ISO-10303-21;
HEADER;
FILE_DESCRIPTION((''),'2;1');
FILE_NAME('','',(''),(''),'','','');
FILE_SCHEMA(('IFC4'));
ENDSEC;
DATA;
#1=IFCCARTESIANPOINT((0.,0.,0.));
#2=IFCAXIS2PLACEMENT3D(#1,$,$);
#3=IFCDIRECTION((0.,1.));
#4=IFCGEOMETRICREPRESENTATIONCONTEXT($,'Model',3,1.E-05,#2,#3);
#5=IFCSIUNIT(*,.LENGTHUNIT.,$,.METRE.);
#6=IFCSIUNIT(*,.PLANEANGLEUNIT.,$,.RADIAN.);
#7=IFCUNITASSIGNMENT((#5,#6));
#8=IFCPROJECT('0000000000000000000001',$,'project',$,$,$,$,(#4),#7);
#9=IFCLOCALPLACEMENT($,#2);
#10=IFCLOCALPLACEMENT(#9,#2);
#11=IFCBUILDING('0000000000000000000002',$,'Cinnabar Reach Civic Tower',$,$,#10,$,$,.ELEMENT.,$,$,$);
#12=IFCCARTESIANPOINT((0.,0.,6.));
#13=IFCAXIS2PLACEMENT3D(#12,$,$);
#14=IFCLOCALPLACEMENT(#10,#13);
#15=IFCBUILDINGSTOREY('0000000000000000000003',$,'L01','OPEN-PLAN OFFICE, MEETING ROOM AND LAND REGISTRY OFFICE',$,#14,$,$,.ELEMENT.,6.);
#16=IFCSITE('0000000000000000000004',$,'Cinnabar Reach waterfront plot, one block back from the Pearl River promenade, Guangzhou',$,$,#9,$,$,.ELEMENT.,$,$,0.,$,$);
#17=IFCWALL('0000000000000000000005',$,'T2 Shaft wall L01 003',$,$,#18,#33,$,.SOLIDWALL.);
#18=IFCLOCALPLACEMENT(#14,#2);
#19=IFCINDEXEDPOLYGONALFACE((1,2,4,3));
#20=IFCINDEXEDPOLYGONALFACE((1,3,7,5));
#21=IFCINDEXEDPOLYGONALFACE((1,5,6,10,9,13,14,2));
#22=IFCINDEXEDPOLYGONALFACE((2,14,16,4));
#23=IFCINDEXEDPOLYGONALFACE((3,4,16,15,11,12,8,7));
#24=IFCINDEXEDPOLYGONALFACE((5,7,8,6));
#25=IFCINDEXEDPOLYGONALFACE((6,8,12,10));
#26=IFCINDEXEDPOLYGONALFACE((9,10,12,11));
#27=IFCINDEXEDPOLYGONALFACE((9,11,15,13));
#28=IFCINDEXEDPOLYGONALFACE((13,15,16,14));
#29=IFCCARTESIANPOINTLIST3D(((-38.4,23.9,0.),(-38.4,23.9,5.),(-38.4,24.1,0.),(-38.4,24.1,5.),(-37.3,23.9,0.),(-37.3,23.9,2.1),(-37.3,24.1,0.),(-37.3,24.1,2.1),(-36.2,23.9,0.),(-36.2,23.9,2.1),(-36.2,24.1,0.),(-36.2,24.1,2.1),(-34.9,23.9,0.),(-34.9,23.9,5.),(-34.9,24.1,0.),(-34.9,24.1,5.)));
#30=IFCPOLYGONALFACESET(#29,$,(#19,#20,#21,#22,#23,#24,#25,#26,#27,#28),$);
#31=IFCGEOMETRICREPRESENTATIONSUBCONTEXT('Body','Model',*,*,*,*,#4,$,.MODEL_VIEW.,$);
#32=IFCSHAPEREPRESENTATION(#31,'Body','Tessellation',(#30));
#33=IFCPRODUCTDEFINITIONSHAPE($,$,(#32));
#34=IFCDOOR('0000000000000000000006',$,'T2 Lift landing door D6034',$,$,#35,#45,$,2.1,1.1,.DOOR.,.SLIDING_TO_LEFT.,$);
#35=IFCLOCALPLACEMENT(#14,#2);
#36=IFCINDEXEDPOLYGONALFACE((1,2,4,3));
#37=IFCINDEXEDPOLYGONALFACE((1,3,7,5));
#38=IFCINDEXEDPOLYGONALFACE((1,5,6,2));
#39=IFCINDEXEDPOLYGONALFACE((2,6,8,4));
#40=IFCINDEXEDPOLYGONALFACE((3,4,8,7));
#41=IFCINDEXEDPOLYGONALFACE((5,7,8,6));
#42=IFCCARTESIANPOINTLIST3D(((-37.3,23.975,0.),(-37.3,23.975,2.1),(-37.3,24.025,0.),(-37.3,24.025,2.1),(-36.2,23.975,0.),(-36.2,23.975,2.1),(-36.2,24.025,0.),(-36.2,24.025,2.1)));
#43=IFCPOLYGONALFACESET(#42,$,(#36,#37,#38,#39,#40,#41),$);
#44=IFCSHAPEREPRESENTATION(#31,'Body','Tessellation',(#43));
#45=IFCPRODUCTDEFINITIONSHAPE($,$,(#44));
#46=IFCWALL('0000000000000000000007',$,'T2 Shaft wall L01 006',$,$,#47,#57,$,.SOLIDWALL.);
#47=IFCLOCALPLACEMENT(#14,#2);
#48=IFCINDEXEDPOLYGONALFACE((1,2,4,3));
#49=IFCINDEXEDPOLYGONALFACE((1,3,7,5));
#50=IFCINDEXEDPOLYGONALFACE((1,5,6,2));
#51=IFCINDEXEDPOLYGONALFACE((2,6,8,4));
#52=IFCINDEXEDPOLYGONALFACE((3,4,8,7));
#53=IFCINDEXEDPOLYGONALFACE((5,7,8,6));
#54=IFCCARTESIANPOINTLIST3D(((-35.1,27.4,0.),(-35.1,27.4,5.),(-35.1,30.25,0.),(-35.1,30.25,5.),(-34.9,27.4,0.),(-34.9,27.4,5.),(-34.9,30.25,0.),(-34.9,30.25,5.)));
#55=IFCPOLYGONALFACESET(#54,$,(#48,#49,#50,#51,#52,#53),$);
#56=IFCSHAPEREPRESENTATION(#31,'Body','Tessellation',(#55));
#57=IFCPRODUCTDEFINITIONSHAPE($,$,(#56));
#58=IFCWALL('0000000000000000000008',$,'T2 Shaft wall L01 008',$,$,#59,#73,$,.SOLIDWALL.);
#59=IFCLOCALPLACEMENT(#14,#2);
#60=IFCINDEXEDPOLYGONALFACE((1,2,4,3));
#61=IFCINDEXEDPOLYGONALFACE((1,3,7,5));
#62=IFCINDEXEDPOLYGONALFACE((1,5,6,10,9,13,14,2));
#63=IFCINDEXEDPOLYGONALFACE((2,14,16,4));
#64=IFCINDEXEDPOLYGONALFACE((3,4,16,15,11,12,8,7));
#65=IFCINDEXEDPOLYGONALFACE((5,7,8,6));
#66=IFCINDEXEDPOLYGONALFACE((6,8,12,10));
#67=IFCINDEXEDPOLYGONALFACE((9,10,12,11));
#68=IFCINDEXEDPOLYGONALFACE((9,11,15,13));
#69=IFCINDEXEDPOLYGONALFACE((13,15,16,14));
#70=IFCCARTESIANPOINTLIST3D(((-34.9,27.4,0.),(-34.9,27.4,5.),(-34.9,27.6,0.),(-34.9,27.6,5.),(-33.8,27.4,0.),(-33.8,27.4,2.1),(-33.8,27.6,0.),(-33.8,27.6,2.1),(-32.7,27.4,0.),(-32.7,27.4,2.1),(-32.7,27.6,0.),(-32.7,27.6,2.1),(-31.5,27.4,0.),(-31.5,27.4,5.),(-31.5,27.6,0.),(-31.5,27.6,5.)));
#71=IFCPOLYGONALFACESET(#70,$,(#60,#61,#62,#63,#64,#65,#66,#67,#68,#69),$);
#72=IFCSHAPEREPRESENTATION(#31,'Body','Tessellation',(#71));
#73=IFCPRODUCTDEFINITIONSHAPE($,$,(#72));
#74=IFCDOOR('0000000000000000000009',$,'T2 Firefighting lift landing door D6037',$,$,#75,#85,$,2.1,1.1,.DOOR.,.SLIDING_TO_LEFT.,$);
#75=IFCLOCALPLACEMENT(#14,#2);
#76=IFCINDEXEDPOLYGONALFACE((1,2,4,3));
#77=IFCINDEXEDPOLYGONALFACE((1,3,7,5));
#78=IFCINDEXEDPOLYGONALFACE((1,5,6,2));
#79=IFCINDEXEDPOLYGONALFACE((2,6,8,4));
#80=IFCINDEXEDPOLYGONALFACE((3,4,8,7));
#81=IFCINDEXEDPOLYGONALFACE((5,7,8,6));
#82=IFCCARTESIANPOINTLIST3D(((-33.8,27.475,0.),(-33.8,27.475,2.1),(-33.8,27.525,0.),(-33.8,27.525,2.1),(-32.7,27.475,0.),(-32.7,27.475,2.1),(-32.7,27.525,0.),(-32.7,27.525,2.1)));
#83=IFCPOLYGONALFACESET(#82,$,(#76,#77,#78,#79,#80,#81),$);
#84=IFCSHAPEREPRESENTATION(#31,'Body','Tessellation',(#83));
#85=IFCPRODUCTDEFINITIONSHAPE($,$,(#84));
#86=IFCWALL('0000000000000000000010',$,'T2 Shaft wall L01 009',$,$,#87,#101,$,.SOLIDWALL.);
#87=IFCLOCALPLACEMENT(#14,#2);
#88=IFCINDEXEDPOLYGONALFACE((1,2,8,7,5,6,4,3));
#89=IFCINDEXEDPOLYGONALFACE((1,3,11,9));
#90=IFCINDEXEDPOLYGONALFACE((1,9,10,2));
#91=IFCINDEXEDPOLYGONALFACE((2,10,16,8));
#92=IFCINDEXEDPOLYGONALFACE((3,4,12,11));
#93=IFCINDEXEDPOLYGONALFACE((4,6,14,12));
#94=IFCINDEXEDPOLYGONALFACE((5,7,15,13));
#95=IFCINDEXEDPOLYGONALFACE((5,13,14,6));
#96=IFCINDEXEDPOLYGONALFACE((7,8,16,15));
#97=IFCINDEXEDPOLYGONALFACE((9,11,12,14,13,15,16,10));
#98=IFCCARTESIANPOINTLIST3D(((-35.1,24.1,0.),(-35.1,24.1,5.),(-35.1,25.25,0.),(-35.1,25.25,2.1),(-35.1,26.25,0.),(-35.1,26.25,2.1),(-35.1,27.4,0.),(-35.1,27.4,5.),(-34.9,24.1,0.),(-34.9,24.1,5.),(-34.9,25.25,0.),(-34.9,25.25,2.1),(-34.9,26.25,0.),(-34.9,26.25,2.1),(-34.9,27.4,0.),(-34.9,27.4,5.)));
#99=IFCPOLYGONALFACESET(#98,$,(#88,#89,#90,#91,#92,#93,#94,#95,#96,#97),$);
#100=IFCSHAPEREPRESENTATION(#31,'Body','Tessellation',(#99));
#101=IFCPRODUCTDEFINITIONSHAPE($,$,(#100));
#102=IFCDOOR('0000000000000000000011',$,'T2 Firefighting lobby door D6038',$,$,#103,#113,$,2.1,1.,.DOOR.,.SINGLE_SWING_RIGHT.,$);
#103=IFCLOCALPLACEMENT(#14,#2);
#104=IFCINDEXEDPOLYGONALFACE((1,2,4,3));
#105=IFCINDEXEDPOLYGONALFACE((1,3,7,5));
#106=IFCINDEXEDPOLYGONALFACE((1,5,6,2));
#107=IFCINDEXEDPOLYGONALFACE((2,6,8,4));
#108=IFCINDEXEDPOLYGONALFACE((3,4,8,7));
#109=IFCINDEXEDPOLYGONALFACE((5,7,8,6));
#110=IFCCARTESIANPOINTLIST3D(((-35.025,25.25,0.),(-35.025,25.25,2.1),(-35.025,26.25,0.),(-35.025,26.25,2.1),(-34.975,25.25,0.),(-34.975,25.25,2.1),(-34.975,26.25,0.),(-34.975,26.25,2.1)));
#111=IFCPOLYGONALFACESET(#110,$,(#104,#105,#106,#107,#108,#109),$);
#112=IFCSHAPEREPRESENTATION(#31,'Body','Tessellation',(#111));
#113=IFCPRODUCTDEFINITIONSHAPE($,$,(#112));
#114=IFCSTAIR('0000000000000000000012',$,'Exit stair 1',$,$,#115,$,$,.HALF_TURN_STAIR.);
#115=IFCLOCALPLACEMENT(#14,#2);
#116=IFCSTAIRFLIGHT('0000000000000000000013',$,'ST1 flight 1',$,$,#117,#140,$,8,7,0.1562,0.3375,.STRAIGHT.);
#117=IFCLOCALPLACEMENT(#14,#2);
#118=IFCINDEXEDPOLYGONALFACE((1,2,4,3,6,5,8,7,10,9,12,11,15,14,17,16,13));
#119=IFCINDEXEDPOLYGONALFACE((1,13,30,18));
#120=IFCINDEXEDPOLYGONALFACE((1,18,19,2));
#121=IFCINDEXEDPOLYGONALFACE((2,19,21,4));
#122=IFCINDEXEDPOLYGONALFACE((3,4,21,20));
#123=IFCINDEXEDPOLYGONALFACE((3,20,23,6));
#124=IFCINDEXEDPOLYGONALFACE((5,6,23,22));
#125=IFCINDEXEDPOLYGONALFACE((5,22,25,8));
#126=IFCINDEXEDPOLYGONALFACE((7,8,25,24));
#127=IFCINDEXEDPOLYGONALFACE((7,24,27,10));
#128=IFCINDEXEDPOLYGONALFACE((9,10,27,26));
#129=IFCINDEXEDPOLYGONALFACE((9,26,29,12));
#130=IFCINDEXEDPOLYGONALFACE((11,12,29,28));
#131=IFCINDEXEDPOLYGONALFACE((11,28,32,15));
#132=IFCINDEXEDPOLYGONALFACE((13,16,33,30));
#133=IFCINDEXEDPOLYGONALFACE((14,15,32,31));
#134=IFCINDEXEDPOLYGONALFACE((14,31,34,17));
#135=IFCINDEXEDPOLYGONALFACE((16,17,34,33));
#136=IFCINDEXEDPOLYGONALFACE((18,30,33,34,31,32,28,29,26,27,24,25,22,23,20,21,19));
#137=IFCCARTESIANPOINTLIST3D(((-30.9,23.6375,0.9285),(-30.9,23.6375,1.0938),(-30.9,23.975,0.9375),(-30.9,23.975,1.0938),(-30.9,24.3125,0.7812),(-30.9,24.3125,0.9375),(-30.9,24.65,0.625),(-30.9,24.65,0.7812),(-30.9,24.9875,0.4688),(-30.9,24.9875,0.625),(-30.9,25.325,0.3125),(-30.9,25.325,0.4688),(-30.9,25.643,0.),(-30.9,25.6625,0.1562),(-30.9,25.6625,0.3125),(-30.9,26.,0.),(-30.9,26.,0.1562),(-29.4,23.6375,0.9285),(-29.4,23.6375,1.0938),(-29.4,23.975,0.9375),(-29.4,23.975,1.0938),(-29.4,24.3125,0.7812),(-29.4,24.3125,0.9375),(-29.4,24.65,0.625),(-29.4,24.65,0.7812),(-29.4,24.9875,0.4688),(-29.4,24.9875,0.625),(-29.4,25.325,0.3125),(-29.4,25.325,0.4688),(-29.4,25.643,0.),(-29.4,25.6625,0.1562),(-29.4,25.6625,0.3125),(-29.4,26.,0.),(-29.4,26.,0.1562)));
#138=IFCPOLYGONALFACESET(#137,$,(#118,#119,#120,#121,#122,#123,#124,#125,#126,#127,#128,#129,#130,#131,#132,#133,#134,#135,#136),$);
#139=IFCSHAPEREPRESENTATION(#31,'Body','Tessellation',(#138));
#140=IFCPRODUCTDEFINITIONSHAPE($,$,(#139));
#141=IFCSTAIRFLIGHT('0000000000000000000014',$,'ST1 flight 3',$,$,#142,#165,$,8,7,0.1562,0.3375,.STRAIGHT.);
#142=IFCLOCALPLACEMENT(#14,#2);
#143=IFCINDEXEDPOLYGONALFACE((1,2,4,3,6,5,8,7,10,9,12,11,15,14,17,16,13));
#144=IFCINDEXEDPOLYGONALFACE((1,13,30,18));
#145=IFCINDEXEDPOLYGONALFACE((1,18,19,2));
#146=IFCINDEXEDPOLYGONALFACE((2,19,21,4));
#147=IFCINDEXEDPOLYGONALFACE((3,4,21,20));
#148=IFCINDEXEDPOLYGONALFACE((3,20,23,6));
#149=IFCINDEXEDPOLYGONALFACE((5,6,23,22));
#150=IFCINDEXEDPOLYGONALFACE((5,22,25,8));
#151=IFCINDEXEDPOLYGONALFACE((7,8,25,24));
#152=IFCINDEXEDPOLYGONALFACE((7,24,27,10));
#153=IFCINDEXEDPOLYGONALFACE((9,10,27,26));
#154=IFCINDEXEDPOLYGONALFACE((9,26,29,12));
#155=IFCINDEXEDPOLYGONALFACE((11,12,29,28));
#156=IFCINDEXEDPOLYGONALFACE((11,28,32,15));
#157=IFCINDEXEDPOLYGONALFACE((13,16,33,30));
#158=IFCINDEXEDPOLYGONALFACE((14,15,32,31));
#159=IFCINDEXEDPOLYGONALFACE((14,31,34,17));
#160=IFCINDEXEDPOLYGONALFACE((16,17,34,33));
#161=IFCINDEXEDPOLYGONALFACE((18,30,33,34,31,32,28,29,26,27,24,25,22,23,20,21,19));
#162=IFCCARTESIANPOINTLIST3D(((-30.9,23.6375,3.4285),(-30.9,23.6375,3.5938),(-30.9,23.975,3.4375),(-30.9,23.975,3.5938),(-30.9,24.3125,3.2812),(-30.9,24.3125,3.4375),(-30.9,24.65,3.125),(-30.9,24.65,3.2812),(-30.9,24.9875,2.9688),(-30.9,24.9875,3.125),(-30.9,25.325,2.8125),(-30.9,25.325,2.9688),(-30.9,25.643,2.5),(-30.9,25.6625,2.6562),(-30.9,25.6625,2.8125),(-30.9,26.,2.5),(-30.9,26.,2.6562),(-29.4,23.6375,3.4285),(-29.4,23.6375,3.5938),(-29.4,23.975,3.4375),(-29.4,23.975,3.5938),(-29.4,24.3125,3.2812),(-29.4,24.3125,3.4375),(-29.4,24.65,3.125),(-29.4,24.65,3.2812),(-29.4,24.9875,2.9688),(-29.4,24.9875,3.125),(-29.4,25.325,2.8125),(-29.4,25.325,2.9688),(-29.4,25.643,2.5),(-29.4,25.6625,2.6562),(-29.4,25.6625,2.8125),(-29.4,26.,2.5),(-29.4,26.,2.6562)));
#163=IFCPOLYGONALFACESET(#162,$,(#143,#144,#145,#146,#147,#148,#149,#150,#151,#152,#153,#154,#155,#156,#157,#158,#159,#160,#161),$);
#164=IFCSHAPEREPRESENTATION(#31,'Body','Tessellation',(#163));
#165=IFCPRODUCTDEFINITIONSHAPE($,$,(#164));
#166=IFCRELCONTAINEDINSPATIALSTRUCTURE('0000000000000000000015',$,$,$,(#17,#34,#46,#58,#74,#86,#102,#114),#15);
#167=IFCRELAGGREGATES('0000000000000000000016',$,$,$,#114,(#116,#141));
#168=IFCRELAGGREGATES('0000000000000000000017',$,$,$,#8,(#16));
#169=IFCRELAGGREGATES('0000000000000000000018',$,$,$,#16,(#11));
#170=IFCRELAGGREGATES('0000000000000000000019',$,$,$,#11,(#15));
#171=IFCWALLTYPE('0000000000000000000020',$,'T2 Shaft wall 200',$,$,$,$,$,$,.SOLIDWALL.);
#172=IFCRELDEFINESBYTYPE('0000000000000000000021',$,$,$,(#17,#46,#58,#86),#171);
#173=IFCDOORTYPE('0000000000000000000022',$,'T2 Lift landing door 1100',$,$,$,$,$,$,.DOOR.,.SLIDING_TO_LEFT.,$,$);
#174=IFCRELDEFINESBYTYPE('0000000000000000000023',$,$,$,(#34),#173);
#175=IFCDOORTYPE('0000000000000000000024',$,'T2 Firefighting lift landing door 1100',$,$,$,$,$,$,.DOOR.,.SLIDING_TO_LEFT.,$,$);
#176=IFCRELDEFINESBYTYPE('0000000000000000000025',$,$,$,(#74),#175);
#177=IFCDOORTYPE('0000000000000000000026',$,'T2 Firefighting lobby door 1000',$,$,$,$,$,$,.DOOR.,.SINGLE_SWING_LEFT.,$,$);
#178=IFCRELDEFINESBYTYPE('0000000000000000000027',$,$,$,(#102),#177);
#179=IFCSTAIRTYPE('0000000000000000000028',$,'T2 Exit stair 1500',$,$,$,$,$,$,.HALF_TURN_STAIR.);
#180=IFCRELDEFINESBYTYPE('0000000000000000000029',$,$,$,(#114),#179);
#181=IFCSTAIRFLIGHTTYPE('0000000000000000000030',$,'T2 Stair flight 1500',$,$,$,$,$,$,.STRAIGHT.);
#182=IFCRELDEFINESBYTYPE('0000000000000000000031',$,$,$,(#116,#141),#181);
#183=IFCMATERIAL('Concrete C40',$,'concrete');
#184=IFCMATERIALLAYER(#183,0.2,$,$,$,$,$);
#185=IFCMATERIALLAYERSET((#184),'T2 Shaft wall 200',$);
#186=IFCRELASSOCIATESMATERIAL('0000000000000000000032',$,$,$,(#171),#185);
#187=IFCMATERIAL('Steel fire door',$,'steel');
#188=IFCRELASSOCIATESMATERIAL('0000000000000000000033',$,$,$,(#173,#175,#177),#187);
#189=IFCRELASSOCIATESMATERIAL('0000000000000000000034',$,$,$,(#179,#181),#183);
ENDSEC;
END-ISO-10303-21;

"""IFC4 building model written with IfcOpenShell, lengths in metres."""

from ifc_helpers import new_model, si_unit, direction, frame, frame_2d, origin, place, context, subcontext, project, spatial, polyline, rectangle, outline, extrude, material, layer, layer_set, type_object, element, fill, aggregate, save


model = new_model("IFC4")

# Units and contexts
model_context = context("Model", 3, precision=1e-05, world=origin(), true_north=direction((0.0, 1.0)))
body_context = subcontext(model_context, "Body", "Model", "MODEL_VIEW")
ifc_project = project(units=[si_unit("LENGTHUNIT", "METRE"), si_unit("PLANEANGLEUNIT", "RADIAN")], contexts=[model_context])

# Site, building, storey
site_placement = place(None, origin())
site = spatial("IfcSite", under=ifc_project, at=site_placement, Name="Cinnabar Reach waterfront plot, one block back from the Pearl River promenade, Guangzhou", CompositionType="ELEMENT", RefElevation=0.0)
building_placement = place(site_placement, origin())
building = spatial("IfcBuilding", under=site, at=building_placement, Name="Cinnabar Reach Civic Tower", CompositionType="ELEMENT")
storey_placement = place(building_placement, frame((0.0, 0.0, 6.0)))
storey = spatial("IfcBuildingStorey", under=building, at=storey_placement, Name="L01", Description="OPEN-PLAN OFFICE, MEETING ROOM AND LAND REGISTRY OFFICE", CompositionType="ELEMENT", Elevation=6.0)

# Shared definitions
ifc_material_1 = material(Name="Steel fire door", Category="steel")

# Shared definitions
ifc_material_2 = material(Name="Concrete C40", Category="concrete")

# Wall, opening, door
ifc_layer_1 = layer(ifc_material_2, 0.2)
ifc_layer_set_1 = layer_set([ifc_layer_1], Name="T2 Shaft wall 200")
wall_type_1 = type_object("IfcWallType", Name="T2 Shaft wall 200", PredefinedType="SOLIDWALL", material=ifc_layer_set_1)
wall_1_placement = place(storey_placement, frame((-34.9, 24.0, 0.0), z_axis=(0.0, 0.0, 1.0), x_axis=(-1.0, 0.0, 0.0)))
wall_1 = element("IfcWall", 1, at=wall_1_placement, inside=storey, type_object=wall_type_1, Name="T2 Shaft wall L01 003", PredefinedType="SOLIDWALL", context=body_context, shape_type="SweptSolid", body=[
    extrude(rectangle(XDim=3.5, YDim=0.2, at=frame_2d((1.75, 0.0))), origin(), (0.0, 0.0, 1.0), 5.0),
])
opening_1_placement = place(wall_1_placement, frame((1.3, 0.0, 0.0)))
opening_1 = element("IfcOpeningElement", 2, at=opening_1_placement, cuts=wall_1, PredefinedType="OPENING", context=body_context, shape_type="SweptSolid", body=[
    extrude(rectangle(XDim=1.1, YDim=2.1, at=frame_2d((0.55, 1.05))), frame((0.0, 0.11, 0.0), z_axis=(0.0, -1.0, 0.0), x_axis=(1.0, 0.0, 0.0)), (0.0, 0.0, 1.0), 0.22),
])
door_type_1 = type_object("IfcDoorType", Name="T2 Lift landing door 1100", OperationType="SLIDING_TO_LEFT", PredefinedType="DOOR", material=ifc_material_1)
door_1_placement = place(opening_1_placement, origin())
door_1 = element("IfcDoor", 3, at=door_1_placement, inside=storey, type_object=door_type_1, Name="T2 Lift landing door D6034", OperationType="SLIDING_TO_LEFT", OverallHeight=2.1, OverallWidth=1.1, PredefinedType="DOOR", context=body_context, shape_type="SweptSolid", body=[
    extrude(rectangle(XDim=1.1, YDim=2.1, at=frame_2d((0.55, 1.05))), frame((0.0, 0.025, 0.0), z_axis=(0.0, -1.0, 0.0), x_axis=(1.0, 0.0, 0.0)), (0.0, 0.0, 1.0), 0.05),
])
fill(opening_1, door_1)

# Wall
wall_2_placement = place(storey_placement, frame((-35.0, 27.4, 0.0), z_axis=(0.0, 0.0, 1.0), x_axis=(0.0, 1.0, 0.0)))
element("IfcWall", 4, at=wall_2_placement, inside=storey, type_object=wall_type_1, Name="T2 Shaft wall L01 006", PredefinedType="SOLIDWALL", context=body_context, shape_type="SweptSolid", body=[
    extrude(rectangle(XDim=2.85, YDim=0.2, at=frame_2d((1.425, 0.0))), origin(), (0.0, 0.0, 1.0), 5.0),
])

# Walls, openings, doors
wall_3_placement = place(storey_placement, frame((-34.9, 27.5, 0.0), z_axis=(0.0, 0.0, 1.0), x_axis=(1.0, 0.0, 0.0)))
wall_3 = element("IfcWall", 5, at=wall_3_placement, inside=storey, type_object=wall_type_1, Name="T2 Shaft wall L01 008", PredefinedType="SOLIDWALL", context=body_context, shape_type="SweptSolid", body=[
    extrude(rectangle(XDim=3.4, YDim=0.2, at=frame_2d((1.7, 0.0))), origin(), (0.0, 0.0, 1.0), 5.0),
])
opening_2_placement = place(wall_3_placement, frame((1.1, 0.0, 0.0)))
opening_2 = element("IfcOpeningElement", 6, at=opening_2_placement, cuts=wall_3, PredefinedType="OPENING", context=body_context, shape_type="SweptSolid", body=[
    extrude(rectangle(XDim=1.1, YDim=2.1, at=frame_2d((0.55, 1.05))), frame((0.0, 0.11, 0.0), z_axis=(0.0, -1.0, 0.0), x_axis=(1.0, 0.0, 0.0)), (0.0, 0.0, 1.0), 0.22),
])
door_type_2 = type_object("IfcDoorType", Name="T2 Firefighting lift landing door 1100", OperationType="SLIDING_TO_LEFT", PredefinedType="DOOR", material=ifc_material_1)
door_2_placement = place(opening_2_placement, origin())
door_2 = element("IfcDoor", 7, at=door_2_placement, inside=storey, type_object=door_type_2, Name="T2 Firefighting lift landing door D6037", OperationType="SLIDING_TO_LEFT", OverallHeight=2.1, OverallWidth=1.1, PredefinedType="DOOR", context=body_context, shape_type="SweptSolid", body=[
    extrude(rectangle(XDim=1.1, YDim=2.1, at=frame_2d((0.55, 1.05))), frame((0.0, 0.025, 0.0), z_axis=(0.0, -1.0, 0.0), x_axis=(1.0, 0.0, 0.0)), (0.0, 0.0, 1.0), 0.05),
])
fill(opening_2, door_2)
wall_4_placement = place(storey_placement, frame((-35.0, 24.1, 0.0), z_axis=(0.0, 0.0, 1.0), x_axis=(0.0, 1.0, 0.0)))
wall_4 = element("IfcWall", 8, at=wall_4_placement, inside=storey, type_object=wall_type_1, Name="T2 Shaft wall L01 009", PredefinedType="SOLIDWALL", context=body_context, shape_type="SweptSolid", body=[
    extrude(rectangle(XDim=3.3, YDim=0.2, at=frame_2d((1.65, 0.0))), origin(), (0.0, 0.0, 1.0), 5.0),
])
opening_3_placement = place(wall_4_placement, frame((1.15, 0.0, 0.0)))
opening_3 = element("IfcOpeningElement", 9, at=opening_3_placement, cuts=wall_4, PredefinedType="OPENING", context=body_context, shape_type="SweptSolid", body=[
    extrude(rectangle(XDim=1.0, YDim=2.1, at=frame_2d((0.5, 1.05))), frame((0.0, 0.11, 0.0), z_axis=(0.0, -1.0, 0.0), x_axis=(1.0, 0.0, 0.0)), (0.0, 0.0, 1.0), 0.22),
])
door_type_3 = type_object("IfcDoorType", Name="T2 Firefighting lobby door 1000", OperationType="SINGLE_SWING_LEFT", PredefinedType="DOOR", material=ifc_material_1)
door_3_placement = place(opening_3_placement, origin())
door_3 = element("IfcDoor", 10, at=door_3_placement, inside=storey, type_object=door_type_3, Name="T2 Firefighting lobby door D6038", OperationType="SINGLE_SWING_RIGHT", OverallHeight=2.1, OverallWidth=1.0, PredefinedType="DOOR", context=body_context, shape_type="SweptSolid", body=[
    extrude(rectangle(XDim=1.0, YDim=2.1, at=frame_2d((0.5, 1.05))), frame((0.0, 0.025, 0.0), z_axis=(0.0, -1.0, 0.0), x_axis=(1.0, 0.0, 0.0)), (0.0, 0.0, 1.0), 0.05),
])
fill(opening_3, door_3)

# Stair, stair flights
stair_type = type_object("IfcStairType", Name="T2 Exit stair 1500", PredefinedType="HALF_TURN_STAIR", material=ifc_material_2)
stair_1_placement = place(storey_placement, origin())
stair_1 = element("IfcStair", 11, at=stair_1_placement, inside=storey, type_object=stair_type, Name="Exit stair 1", PredefinedType="HALF_TURN_STAIR")
stair_flight_type = type_object("IfcStairFlightType", Name="T2 Stair flight 1500", PredefinedType="STRAIGHT", material=ifc_material_2)
stair_flight_1_placement = place(storey_placement, frame((-30.15, 26.0, 0.0), z_axis=(0.0, 0.0, 1.0), x_axis=(0.0, -1.0, 0.0)))
stair_flight_1 = element("IfcStairFlight", 12, at=stair_flight_1_placement, type_object=stair_flight_type, Name="ST1 flight 1", NumberOfRisers=8, NumberOfTreads=7, PredefinedType="STRAIGHT", RiserHeight=0.1562, TreadLength=0.3375, context=body_context, shape_type="SweptSolid", body=[
    extrude(outline(polyline([(0.0, 0.0), (0.0, 0.1562), (0.3375, 0.1562), (0.3375, 0.3125), (0.675, 0.3125), (0.675, 0.4688), (1.0125, 0.4688), (1.0125, 0.625), (1.35, 0.625), (1.35, 0.7812), (1.6875, 0.7812), (1.6875, 0.9375), (2.025, 0.9375), (2.025, 1.0938), (2.3625, 1.0938), (2.3625, 1.25), (2.3625, 0.9285), (0.357, 0.0), (0.0, 0.0)])), frame((0.0, 0.75, 0.0), z_axis=(0.0, -1.0, 0.0), x_axis=(1.0, 0.0, 0.0)), (0.0, 0.0, 1.0), 1.5),
])
stair_flight_2_placement = place(storey_placement, frame((-30.15, 26.0, 2.5), z_axis=(0.0, 0.0, 1.0), x_axis=(0.0, -1.0, 0.0)))
stair_flight_2 = element("IfcStairFlight", 13, at=stair_flight_2_placement, type_object=stair_flight_type, Name="ST1 flight 3", NumberOfRisers=8, NumberOfTreads=7, PredefinedType="STRAIGHT", RiserHeight=0.1562, TreadLength=0.3375, context=body_context, shape_type="SweptSolid", body=[
    extrude(outline(polyline([(0.0, 0.0), (0.0, 0.1562), (0.3375, 0.1562), (0.3375, 0.3125), (0.675, 0.3125), (0.675, 0.4688), (1.0125, 0.4688), (1.0125, 0.625), (1.35, 0.625), (1.35, 0.7812), (1.6875, 0.7812), (1.6875, 0.9375), (2.025, 0.9375), (2.025, 1.0938), (2.3625, 1.0938), (2.3625, 1.25), (2.3625, 0.9285), (0.357, 0.0), (0.0, 0.0)])), frame((0.0, 0.75, 0.0), z_axis=(0.0, -1.0, 0.0), x_axis=(1.0, 0.0, 0.0)), (0.0, 0.0, 1.0), 1.5),
])
aggregate(stair_1, [stair_flight_1, stair_flight_2])

save(model, "model.ifc")
